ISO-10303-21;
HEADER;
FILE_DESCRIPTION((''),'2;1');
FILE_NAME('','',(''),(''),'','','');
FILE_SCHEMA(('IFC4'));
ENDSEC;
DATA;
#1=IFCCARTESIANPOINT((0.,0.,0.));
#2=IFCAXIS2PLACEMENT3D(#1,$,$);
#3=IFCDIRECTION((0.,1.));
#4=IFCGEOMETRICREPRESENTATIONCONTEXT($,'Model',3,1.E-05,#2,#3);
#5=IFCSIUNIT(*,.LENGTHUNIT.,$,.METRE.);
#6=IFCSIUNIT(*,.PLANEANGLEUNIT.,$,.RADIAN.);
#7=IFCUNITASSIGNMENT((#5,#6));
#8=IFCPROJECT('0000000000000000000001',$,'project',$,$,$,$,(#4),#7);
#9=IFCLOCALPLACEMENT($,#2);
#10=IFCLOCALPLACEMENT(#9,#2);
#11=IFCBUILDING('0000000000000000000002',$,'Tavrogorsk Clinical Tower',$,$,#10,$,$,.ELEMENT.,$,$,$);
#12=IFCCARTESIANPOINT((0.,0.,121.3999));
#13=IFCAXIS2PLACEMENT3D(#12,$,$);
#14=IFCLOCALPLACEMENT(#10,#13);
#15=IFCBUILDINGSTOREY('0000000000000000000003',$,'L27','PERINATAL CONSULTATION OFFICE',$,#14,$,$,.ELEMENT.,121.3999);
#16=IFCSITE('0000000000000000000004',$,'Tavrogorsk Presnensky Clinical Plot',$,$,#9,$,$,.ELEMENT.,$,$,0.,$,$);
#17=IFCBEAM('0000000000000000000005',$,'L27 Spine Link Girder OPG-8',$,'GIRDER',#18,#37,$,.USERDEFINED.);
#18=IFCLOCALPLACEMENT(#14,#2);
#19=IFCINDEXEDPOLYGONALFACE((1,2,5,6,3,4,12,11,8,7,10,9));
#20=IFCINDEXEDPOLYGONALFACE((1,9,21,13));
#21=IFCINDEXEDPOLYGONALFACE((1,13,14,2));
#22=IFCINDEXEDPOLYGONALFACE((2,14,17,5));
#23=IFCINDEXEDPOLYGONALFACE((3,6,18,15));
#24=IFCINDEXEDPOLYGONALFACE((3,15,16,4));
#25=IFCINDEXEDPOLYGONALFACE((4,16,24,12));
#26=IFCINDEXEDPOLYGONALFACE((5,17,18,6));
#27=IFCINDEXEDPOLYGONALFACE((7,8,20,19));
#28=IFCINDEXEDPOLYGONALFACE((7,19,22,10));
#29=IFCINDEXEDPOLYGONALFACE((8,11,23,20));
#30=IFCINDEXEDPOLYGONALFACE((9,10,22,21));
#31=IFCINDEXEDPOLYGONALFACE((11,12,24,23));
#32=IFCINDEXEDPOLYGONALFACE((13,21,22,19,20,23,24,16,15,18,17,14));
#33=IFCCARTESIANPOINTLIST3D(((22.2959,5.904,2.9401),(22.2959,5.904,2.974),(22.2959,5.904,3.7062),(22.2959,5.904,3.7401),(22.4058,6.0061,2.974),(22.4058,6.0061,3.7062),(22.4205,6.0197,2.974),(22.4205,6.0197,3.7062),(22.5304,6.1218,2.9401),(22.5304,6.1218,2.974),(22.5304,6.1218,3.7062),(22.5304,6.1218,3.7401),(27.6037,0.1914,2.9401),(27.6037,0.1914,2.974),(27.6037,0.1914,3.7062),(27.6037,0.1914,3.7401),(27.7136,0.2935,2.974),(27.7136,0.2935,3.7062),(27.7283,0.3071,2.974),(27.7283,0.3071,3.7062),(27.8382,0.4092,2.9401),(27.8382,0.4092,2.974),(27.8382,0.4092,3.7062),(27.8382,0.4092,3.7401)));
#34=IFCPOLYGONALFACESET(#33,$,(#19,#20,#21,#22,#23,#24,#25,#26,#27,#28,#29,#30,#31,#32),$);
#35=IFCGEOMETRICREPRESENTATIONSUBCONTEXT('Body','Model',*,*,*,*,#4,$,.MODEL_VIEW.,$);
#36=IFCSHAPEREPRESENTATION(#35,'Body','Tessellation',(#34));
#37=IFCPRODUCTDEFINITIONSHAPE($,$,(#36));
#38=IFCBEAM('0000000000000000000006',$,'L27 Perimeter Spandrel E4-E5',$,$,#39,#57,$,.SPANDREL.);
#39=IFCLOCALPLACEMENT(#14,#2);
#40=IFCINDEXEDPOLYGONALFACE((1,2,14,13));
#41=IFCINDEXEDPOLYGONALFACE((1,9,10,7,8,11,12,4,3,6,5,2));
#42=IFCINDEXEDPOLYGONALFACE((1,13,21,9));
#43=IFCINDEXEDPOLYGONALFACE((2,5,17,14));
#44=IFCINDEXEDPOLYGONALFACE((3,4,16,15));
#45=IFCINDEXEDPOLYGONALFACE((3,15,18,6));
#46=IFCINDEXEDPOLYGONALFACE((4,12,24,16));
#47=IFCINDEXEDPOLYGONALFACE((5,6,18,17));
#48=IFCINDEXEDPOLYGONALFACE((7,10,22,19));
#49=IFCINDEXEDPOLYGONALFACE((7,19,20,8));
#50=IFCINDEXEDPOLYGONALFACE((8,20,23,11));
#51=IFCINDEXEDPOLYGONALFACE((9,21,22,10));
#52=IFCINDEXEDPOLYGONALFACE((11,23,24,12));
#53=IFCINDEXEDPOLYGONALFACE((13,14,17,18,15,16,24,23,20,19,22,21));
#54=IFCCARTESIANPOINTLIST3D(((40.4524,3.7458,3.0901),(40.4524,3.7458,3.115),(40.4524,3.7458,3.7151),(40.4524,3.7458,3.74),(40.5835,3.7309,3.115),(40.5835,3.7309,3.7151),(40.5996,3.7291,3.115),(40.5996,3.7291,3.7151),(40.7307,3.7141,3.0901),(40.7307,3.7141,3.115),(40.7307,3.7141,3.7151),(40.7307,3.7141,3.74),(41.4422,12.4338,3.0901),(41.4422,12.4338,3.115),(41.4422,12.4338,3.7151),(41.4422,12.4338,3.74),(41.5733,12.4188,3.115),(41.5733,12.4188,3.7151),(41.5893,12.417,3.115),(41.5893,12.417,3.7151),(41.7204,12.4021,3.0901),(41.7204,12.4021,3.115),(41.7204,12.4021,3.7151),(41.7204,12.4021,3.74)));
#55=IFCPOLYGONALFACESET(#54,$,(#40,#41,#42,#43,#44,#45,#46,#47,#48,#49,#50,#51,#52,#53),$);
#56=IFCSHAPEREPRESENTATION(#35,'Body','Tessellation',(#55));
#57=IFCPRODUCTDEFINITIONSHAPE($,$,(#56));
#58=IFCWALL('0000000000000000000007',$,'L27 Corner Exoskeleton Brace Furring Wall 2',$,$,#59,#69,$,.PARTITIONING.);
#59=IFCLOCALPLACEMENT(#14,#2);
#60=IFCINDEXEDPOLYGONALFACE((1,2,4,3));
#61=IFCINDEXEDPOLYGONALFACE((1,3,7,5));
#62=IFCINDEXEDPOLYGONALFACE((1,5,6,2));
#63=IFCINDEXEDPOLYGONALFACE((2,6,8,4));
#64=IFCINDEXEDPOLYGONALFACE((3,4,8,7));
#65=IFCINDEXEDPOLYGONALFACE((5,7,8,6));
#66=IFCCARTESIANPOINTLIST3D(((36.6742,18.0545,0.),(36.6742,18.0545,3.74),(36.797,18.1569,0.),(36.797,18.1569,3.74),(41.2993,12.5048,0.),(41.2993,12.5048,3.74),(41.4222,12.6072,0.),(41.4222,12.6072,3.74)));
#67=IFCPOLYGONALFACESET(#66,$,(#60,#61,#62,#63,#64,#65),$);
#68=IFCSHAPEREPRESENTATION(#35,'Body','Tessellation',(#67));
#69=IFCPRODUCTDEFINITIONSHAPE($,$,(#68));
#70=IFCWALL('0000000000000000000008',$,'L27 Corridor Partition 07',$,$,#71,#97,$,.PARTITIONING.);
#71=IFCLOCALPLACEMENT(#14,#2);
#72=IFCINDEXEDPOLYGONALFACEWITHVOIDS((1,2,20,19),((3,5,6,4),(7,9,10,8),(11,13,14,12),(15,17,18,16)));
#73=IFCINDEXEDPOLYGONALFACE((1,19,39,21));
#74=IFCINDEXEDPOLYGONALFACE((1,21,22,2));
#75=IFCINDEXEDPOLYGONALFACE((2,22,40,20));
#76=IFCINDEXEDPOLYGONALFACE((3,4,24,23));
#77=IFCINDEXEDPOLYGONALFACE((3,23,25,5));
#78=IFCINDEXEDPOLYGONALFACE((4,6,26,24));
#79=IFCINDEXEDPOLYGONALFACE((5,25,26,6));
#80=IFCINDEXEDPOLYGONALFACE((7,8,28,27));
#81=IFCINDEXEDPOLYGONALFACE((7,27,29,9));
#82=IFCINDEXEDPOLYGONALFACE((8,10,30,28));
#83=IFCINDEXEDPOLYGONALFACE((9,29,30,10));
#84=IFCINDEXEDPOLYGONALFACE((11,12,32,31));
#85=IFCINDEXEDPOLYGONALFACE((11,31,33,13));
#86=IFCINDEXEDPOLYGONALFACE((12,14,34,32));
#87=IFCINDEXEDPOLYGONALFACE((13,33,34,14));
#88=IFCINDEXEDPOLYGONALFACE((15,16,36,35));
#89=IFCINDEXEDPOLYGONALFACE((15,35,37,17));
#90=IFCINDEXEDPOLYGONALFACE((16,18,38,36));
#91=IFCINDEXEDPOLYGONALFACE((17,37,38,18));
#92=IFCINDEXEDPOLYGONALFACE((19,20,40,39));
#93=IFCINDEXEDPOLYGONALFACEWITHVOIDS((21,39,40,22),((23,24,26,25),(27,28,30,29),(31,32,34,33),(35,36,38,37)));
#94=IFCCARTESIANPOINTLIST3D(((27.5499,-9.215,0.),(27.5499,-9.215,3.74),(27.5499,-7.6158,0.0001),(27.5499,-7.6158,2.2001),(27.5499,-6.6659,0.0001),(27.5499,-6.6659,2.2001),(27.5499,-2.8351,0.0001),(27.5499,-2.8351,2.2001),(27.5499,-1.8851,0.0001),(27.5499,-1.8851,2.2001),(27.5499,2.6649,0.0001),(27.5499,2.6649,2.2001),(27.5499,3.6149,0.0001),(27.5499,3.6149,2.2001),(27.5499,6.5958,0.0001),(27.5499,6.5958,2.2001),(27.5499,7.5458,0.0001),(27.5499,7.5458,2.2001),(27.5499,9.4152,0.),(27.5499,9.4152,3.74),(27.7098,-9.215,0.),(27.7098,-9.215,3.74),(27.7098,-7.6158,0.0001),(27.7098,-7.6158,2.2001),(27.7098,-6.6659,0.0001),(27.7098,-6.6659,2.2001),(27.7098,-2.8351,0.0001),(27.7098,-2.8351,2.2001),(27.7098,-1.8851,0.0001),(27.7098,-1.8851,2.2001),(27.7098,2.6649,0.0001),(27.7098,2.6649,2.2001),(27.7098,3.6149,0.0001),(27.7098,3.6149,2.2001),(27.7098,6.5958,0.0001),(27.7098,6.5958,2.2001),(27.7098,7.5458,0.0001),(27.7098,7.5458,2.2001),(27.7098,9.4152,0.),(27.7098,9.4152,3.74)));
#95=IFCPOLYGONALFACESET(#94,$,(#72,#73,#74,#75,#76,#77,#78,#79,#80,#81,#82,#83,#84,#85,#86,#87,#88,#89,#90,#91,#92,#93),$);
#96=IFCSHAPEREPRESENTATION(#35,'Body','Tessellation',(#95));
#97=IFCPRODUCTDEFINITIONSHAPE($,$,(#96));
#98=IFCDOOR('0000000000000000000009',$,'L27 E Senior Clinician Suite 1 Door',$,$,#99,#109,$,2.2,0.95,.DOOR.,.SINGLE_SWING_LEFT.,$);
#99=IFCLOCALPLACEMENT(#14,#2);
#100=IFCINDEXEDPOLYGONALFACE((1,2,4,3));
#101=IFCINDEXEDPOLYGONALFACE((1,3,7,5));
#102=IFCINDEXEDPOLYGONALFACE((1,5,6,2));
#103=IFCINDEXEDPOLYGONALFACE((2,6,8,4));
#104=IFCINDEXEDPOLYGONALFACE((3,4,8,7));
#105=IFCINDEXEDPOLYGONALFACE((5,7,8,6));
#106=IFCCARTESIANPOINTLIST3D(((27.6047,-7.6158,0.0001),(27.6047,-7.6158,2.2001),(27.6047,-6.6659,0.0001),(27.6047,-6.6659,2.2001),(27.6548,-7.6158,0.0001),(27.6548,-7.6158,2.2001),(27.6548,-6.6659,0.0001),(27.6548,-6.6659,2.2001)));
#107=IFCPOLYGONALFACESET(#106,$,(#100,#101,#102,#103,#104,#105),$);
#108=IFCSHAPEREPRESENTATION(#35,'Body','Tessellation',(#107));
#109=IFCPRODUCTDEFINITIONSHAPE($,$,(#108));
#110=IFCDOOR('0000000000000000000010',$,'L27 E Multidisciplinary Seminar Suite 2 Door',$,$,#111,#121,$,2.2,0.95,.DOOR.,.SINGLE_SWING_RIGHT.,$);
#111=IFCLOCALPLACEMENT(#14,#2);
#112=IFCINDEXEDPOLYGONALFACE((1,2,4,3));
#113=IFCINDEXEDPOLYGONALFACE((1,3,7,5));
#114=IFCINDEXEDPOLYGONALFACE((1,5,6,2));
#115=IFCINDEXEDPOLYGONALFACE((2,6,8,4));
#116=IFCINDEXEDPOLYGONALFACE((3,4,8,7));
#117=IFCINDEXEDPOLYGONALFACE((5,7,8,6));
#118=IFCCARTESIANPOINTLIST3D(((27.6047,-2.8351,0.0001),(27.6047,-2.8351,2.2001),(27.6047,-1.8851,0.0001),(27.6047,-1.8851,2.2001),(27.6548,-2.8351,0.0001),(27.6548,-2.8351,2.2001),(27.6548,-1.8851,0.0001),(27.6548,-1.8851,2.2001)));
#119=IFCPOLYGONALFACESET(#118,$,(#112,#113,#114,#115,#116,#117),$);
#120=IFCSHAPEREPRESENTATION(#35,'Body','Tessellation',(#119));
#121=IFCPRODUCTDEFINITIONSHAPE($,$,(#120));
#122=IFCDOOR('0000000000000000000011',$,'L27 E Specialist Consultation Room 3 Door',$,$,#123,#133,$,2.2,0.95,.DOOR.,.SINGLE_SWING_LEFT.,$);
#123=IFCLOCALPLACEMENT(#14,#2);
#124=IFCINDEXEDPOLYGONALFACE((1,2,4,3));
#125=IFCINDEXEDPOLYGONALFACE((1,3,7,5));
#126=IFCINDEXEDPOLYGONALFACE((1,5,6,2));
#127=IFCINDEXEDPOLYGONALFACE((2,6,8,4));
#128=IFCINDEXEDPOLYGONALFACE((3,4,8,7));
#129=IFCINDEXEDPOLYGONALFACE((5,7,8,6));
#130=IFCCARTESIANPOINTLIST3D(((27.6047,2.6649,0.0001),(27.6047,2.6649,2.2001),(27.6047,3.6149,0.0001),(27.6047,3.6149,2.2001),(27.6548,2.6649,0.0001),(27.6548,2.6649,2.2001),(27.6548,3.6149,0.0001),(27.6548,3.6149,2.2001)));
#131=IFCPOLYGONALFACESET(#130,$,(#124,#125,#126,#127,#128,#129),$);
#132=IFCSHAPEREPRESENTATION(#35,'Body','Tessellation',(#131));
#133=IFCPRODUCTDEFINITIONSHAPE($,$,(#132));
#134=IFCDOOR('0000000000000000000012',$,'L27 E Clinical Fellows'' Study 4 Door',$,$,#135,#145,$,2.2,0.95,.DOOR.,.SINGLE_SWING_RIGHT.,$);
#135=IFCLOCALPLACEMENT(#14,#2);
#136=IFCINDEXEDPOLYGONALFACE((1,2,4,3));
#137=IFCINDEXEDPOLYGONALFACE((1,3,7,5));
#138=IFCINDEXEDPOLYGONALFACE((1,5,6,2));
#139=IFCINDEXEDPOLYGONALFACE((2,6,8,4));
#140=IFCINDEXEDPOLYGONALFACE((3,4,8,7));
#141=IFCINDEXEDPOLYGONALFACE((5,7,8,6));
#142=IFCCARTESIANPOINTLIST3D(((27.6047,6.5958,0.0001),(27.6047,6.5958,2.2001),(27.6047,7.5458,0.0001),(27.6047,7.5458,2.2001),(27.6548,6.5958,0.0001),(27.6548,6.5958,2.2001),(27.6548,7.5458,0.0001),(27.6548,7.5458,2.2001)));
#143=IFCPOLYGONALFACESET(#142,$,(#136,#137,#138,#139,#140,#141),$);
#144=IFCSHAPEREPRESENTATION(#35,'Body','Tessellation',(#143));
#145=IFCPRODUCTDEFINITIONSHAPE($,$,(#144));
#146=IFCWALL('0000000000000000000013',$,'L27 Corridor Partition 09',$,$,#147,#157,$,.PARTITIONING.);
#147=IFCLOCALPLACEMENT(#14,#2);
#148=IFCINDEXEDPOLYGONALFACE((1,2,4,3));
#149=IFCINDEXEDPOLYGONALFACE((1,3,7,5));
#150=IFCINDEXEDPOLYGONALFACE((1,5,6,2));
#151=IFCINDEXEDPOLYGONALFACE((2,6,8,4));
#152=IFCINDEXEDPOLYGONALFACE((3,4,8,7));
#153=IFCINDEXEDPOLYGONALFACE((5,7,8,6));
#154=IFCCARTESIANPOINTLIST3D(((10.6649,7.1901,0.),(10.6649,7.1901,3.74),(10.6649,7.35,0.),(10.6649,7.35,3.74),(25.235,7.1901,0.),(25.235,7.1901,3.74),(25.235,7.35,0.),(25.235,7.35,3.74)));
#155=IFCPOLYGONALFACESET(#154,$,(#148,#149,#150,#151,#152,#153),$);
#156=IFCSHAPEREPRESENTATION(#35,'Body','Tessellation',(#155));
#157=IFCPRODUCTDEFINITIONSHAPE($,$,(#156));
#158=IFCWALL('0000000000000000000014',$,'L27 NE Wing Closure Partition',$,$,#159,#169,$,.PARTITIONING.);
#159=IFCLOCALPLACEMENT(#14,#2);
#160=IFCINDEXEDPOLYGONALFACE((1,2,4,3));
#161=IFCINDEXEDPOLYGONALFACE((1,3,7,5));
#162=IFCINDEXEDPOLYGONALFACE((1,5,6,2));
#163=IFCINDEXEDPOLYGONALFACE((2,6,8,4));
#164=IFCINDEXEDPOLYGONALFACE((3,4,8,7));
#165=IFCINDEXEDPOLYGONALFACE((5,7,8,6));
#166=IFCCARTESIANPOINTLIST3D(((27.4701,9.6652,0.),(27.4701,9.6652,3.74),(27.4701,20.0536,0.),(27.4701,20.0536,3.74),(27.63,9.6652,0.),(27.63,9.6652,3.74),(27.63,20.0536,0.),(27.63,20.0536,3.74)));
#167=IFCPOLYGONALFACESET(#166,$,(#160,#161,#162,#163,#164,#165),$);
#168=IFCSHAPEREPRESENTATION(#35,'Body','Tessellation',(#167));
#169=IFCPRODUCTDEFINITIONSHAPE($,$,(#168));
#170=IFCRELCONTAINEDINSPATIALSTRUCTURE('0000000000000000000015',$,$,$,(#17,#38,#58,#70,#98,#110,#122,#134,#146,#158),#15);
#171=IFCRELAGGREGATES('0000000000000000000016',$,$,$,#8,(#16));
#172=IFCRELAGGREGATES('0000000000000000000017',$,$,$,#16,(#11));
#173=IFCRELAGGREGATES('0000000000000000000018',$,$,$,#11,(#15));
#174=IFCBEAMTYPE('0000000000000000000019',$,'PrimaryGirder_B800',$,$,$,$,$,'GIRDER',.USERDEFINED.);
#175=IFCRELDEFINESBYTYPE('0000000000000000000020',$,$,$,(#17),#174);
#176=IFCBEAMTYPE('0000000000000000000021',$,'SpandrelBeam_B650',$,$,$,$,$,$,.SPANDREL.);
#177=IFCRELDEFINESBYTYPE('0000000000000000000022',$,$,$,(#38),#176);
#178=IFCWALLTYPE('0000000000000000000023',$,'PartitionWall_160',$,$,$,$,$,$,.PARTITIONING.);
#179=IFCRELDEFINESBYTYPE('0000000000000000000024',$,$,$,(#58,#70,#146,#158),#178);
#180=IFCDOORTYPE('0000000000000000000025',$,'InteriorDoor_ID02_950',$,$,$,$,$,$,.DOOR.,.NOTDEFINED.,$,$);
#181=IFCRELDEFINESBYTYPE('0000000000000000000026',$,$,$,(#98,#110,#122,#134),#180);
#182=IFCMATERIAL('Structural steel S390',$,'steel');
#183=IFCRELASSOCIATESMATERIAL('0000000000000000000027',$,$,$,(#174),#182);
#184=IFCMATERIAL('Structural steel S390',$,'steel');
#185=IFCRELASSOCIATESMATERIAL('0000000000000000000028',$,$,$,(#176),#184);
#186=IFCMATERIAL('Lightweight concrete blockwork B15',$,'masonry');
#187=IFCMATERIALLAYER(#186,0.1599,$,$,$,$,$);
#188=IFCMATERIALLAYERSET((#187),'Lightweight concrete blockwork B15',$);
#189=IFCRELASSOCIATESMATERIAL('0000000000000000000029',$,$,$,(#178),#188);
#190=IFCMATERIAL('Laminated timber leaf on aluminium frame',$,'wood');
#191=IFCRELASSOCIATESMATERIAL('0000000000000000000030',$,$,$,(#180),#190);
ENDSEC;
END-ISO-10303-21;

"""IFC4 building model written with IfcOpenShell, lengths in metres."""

from ifc_helpers import new_model, si_unit, direction, frame, frame_2d, origin, origin_2d, place, context, subcontext, project, spatial, rectangle, i_section, extrude, material, layer, layer_set, material_profile, profile_set, type_object, element, fill, save


model = new_model("IFC4")

# Units and contexts
model_context = context("Model", 3, precision=1e-05, world=origin(), true_north=direction((0.0, 1.0)))
body_context = subcontext(model_context, "Body", "Model", "MODEL_VIEW")
ifc_project = project(units=[si_unit("LENGTHUNIT", "METRE"), si_unit("PLANEANGLEUNIT", "RADIAN")], contexts=[model_context])

# Site, building, storey
site_placement = place(None, origin())
site = spatial("IfcSite", under=ifc_project, at=site_placement, Name="Tavrogorsk Presnensky Clinical Plot", CompositionType="ELEMENT", RefElevation=0.0)
building_placement = place(site_placement, origin())
building = spatial("IfcBuilding", under=site, at=building_placement, Name="Tavrogorsk Clinical Tower", CompositionType="ELEMENT")
storey_placement = place(building_placement, frame((0.0, 0.0, 121.3999)))
storey = spatial("IfcBuildingStorey", under=building, at=storey_placement, Name="L27", Description="PERINATAL CONSULTATION OFFICE", CompositionType="ELEMENT", Elevation=121.3999)

# Beams
ifc_material_1 = material(Name="Structural steel S390", Category="steel")
ifc_material_profile_1 = material_profile(ifc_material_1, i_section(OverallWidth=0.3201, OverallDepth=0.8, WebThickness=0.02, FlangeThickness=0.0339, at=origin_2d()), Name="B-800x320x20x34")
ifc_profile_set_1 = profile_set([ifc_material_profile_1], Name="Structural steel S390")
beam_type_1 = type_object("IfcBeamType", Name="PrimaryGirder_B800", ElementType="GIRDER", PredefinedType="USERDEFINED", material=ifc_profile_set_1)
for number, where, z_axis, x_axis, name in (
    (1, (27.7209, 0.3003, 3.3401), (-0.680676, 0.732585, 0.0), (-0.732585, -0.680676, 0.0), "L27 Spine Link Girder OPG-8"),
):
    element("IfcBeam", number, at=place(storey_placement, frame(where, z_axis=z_axis, x_axis=x_axis)), inside=storey, type_object=beam_type_1, Name=name, ObjectType="GIRDER", PredefinedType="USERDEFINED", context=body_context, shape_type="SweptSolid", body=[
        extrude(i_section(OverallWidth=0.3201, OverallDepth=0.8, WebThickness=0.02, FlangeThickness=0.0339, at=origin_2d()), origin(), (0.0, 0.0, 1.0), 7.7979),
    ])
ifc_material_2 = material(Name="Structural steel S390", Category="steel")
ifc_material_profile_2 = material_profile(ifc_material_2, i_section(OverallWidth=0.28, OverallDepth=0.6499, WebThickness=0.0161, FlangeThickness=0.0249, at=origin_2d()), Name="B-650x280x16x25")
ifc_profile_set_2 = profile_set([ifc_material_profile_2], Name="Structural steel S390")
beam_type_2 = type_object("IfcBeamType", Name="SpandrelBeam_B650", PredefinedType="SPANDREL", material=ifc_profile_set_2)
beam_1_placement = place(storey_placement, frame((40.5916, 3.73, 3.415), z_axis=(0.113189, 0.993573, 0.0), x_axis=(-0.993573, 0.113189, 0.0)))
element("IfcBeam", 2, at=beam_1_placement, inside=storey, type_object=beam_type_2, Name="L27 Perimeter Spandrel E4-E5", PredefinedType="SPANDREL", context=body_context, shape_type="SweptSolid", body=[
    extrude(i_section(OverallWidth=0.28, OverallDepth=0.6499, WebThickness=0.0161, FlangeThickness=0.0249, at=origin_2d()), origin(), (0.0, 0.0, 1.0), 8.7441),
])

# Wall
ifc_material_3 = material(Name="Lightweight concrete blockwork B15", Category="masonry")
ifc_layer_1 = layer(ifc_material_3, 0.1599)
ifc_layer_set_1 = layer_set([ifc_layer_1], Name="Lightweight concrete blockwork B15")
wall_type = type_object("IfcWallType", Name="PartitionWall_160", PredefinedType="PARTITIONING", material=ifc_layer_set_1)
wall_1_placement = place(storey_placement, frame((41.3608, 12.5559, 0.0), z_axis=(0.0, 0.0, 1.0), x_axis=(-0.640218, 0.768194, 0.0)))
element("IfcWall", 3, at=wall_1_placement, inside=storey, type_object=wall_type, Name="L27 Corner Exoskeleton Brace Furring Wall 2", PredefinedType="PARTITIONING", context=body_context, shape_type="SweptSolid", body=[
    extrude(rectangle(XDim=7.2244, YDim=0.1599, at=frame_2d((3.6123, 0.0))), origin(), (0.0, 0.0, 1.0), 3.74),
])

# Wall, openings, doors
wall_2_placement = place(storey_placement, frame((27.6299, 9.415, 0.0), z_axis=(0.0, 0.0, 1.0), x_axis=(0.0, -1.0, 0.0)))
wall_2 = element("IfcWall", 4, at=wall_2_placement, inside=storey, type_object=wall_type, Name="L27 Corridor Partition 07", PredefinedType="PARTITIONING", context=body_context, shape_type="SweptSolid", body=[
    extrude(rectangle(XDim=18.6301, YDim=0.1599, at=frame_2d((9.3149, 0.0))), origin(), (0.0, 0.0, 1.0), 3.74),
])
opening_1_placement = place(wall_2_placement, frame((16.0808, 0.0, 0.0)))
opening_1 = element("IfcOpeningElement", 5, at=opening_1_placement, cuts=wall_2, PredefinedType="OPENING", context=body_context, shape_type="SweptSolid", body=[
    extrude(rectangle(XDim=0.95, YDim=2.2, at=frame_2d((0.4751, 1.1001))), frame((0.0, 0.0898, 0.0), z_axis=(0.0, -1.0, 0.0), x_axis=(1.0, 0.0, 0.0)), (0.0, 0.0, 1.0), 0.1799),
])
opening_2_placement = place(wall_2_placement, frame((11.3, 0.0, 0.0)))
opening_2 = element("IfcOpeningElement", 6, at=opening_2_placement, cuts=wall_2, PredefinedType="OPENING", context=body_context, shape_type="SweptSolid", body=[
    extrude(rectangle(XDim=0.95, YDim=2.2, at=frame_2d((0.4751, 1.1001))), frame((0.0, 0.0898, 0.0), z_axis=(0.0, -1.0, 0.0), x_axis=(1.0, 0.0, 0.0)), (0.0, 0.0, 1.0), 0.1799),
])
opening_3_placement = place(wall_2_placement, frame((5.8, 0.0, 0.0)))
opening_3 = element("IfcOpeningElement", 7, at=opening_3_placement, cuts=wall_2, PredefinedType="OPENING", context=body_context, shape_type="SweptSolid", body=[
    extrude(rectangle(XDim=0.95, YDim=2.2, at=frame_2d((0.4751, 1.1001))), frame((0.0, 0.0898, 0.0), z_axis=(0.0, -1.0, 0.0), x_axis=(1.0, 0.0, 0.0)), (0.0, 0.0, 1.0), 0.1799),
])
opening_4_placement = place(wall_2_placement, frame((1.8691, 0.0, 0.0)))
opening_4 = element("IfcOpeningElement", 8, at=opening_4_placement, cuts=wall_2, PredefinedType="OPENING", context=body_context, shape_type="SweptSolid", body=[
    extrude(rectangle(XDim=0.95, YDim=2.2, at=frame_2d((0.4751, 1.1001))), frame((0.0, 0.0898, 0.0), z_axis=(0.0, -1.0, 0.0), x_axis=(1.0, 0.0, 0.0)), (0.0, 0.0, 1.0), 0.1799),
])
ifc_material_4 = material(Name="Laminated timber leaf on aluminium frame", Category="wood")
door_type = type_object("IfcDoorType", Name="InteriorDoor_ID02_950", OperationType="NOTDEFINED", PredefinedType="DOOR", material=ifc_material_4)
door_1_placement = place(opening_1_placement, origin())
door_1 = element("IfcDoor", 9, at=door_1_placement, inside=storey, type_object=door_type, Name="L27 E Senior Clinician Suite 1 Door", OperationType="SINGLE_SWING_LEFT", OverallHeight=2.2, OverallWidth=0.95, PredefinedType="DOOR", context=body_context, shape_type="SweptSolid", body=[
    extrude(rectangle(XDim=0.95, YDim=2.2, at=frame_2d((0.4751, 1.1001))), frame((0.0, 0.0249, 0.0), z_axis=(0.0, -1.0, 0.0), x_axis=(1.0, 0.0, 0.0)), (0.0, 0.0, 1.0), 0.05),
])
fill(opening_1, door_1)
door_2_placement = place(opening_2_placement, origin())
door_2 = element("IfcDoor", 10, at=door_2_placement, inside=storey, type_object=door_type, Name="L27 E Multidisciplinary Seminar Suite 2 Door", OperationType="SINGLE_SWING_RIGHT", OverallHeight=2.2, OverallWidth=0.95, PredefinedType="DOOR", context=body_context, shape_type="SweptSolid", body=[
    extrude(rectangle(XDim=0.95, YDim=2.2, at=frame_2d((0.4751, 1.1001))), frame((0.0, 0.0249, 0.0), z_axis=(0.0, -1.0, 0.0), x_axis=(1.0, 0.0, 0.0)), (0.0, 0.0, 1.0), 0.05),
])
fill(opening_2, door_2)
door_3_placement = place(opening_3_placement, origin())
door_3 = element("IfcDoor", 11, at=door_3_placement, inside=storey, type_object=door_type, Name="L27 E Specialist Consultation Room 3 Door", OperationType="SINGLE_SWING_LEFT", OverallHeight=2.2, OverallWidth=0.95, PredefinedType="DOOR", context=body_context, shape_type="SweptSolid", body=[
    extrude(rectangle(XDim=0.95, YDim=2.2, at=frame_2d((0.4751, 1.1001))), frame((0.0, 0.0249, 0.0), z_axis=(0.0, -1.0, 0.0), x_axis=(1.0, 0.0, 0.0)), (0.0, 0.0, 1.0), 0.05),
])
fill(opening_3, door_3)
door_4_placement = place(opening_4_placement, origin())
door_4 = element("IfcDoor", 12, at=door_4_placement, inside=storey, type_object=door_type, Name="L27 E Clinical Fellows' Study 4 Door", OperationType="SINGLE_SWING_RIGHT", OverallHeight=2.2, OverallWidth=0.95, PredefinedType="DOOR", context=body_context, shape_type="SweptSolid", body=[
    extrude(rectangle(XDim=0.95, YDim=2.2, at=frame_2d((0.4751, 1.1001))), frame((0.0, 0.0249, 0.0), z_axis=(0.0, -1.0, 0.0), x_axis=(1.0, 0.0, 0.0)), (0.0, 0.0, 1.0), 0.05),
])
fill(opening_4, door_4)

# Walls
wall_3_placement = place(storey_placement, frame((25.2351, 7.27, 0.0), z_axis=(0.0, 0.0, 1.0), x_axis=(-1.0, 0.0, 0.0)))
element("IfcWall", 13, at=wall_3_placement, inside=storey, type_object=wall_type, Name="L27 Corridor Partition 09", PredefinedType="PARTITIONING", context=body_context, shape_type="SweptSolid", body=[
    extrude(rectangle(XDim=14.5701, YDim=0.1599, at=frame_2d((7.2852, 0.0))), origin(), (0.0, 0.0, 1.0), 3.74),
])
wall_4_placement = place(storey_placement, frame((27.55, 9.665, 0.0), z_axis=(0.0, 0.0, 1.0), x_axis=(0.0, 1.0, 0.0)))
element("IfcWall", 14, at=wall_4_placement, inside=storey, type_object=wall_type, Name="L27 NE Wing Closure Partition", PredefinedType="PARTITIONING", context=body_context, shape_type="SweptSolid", body=[
    extrude(rectangle(XDim=10.3884, YDim=0.1599, at=frame_2d((5.1943, 0.0))), origin(), (0.0, 0.0, 1.0), 3.74),
])

save(model, "model.ifc")
